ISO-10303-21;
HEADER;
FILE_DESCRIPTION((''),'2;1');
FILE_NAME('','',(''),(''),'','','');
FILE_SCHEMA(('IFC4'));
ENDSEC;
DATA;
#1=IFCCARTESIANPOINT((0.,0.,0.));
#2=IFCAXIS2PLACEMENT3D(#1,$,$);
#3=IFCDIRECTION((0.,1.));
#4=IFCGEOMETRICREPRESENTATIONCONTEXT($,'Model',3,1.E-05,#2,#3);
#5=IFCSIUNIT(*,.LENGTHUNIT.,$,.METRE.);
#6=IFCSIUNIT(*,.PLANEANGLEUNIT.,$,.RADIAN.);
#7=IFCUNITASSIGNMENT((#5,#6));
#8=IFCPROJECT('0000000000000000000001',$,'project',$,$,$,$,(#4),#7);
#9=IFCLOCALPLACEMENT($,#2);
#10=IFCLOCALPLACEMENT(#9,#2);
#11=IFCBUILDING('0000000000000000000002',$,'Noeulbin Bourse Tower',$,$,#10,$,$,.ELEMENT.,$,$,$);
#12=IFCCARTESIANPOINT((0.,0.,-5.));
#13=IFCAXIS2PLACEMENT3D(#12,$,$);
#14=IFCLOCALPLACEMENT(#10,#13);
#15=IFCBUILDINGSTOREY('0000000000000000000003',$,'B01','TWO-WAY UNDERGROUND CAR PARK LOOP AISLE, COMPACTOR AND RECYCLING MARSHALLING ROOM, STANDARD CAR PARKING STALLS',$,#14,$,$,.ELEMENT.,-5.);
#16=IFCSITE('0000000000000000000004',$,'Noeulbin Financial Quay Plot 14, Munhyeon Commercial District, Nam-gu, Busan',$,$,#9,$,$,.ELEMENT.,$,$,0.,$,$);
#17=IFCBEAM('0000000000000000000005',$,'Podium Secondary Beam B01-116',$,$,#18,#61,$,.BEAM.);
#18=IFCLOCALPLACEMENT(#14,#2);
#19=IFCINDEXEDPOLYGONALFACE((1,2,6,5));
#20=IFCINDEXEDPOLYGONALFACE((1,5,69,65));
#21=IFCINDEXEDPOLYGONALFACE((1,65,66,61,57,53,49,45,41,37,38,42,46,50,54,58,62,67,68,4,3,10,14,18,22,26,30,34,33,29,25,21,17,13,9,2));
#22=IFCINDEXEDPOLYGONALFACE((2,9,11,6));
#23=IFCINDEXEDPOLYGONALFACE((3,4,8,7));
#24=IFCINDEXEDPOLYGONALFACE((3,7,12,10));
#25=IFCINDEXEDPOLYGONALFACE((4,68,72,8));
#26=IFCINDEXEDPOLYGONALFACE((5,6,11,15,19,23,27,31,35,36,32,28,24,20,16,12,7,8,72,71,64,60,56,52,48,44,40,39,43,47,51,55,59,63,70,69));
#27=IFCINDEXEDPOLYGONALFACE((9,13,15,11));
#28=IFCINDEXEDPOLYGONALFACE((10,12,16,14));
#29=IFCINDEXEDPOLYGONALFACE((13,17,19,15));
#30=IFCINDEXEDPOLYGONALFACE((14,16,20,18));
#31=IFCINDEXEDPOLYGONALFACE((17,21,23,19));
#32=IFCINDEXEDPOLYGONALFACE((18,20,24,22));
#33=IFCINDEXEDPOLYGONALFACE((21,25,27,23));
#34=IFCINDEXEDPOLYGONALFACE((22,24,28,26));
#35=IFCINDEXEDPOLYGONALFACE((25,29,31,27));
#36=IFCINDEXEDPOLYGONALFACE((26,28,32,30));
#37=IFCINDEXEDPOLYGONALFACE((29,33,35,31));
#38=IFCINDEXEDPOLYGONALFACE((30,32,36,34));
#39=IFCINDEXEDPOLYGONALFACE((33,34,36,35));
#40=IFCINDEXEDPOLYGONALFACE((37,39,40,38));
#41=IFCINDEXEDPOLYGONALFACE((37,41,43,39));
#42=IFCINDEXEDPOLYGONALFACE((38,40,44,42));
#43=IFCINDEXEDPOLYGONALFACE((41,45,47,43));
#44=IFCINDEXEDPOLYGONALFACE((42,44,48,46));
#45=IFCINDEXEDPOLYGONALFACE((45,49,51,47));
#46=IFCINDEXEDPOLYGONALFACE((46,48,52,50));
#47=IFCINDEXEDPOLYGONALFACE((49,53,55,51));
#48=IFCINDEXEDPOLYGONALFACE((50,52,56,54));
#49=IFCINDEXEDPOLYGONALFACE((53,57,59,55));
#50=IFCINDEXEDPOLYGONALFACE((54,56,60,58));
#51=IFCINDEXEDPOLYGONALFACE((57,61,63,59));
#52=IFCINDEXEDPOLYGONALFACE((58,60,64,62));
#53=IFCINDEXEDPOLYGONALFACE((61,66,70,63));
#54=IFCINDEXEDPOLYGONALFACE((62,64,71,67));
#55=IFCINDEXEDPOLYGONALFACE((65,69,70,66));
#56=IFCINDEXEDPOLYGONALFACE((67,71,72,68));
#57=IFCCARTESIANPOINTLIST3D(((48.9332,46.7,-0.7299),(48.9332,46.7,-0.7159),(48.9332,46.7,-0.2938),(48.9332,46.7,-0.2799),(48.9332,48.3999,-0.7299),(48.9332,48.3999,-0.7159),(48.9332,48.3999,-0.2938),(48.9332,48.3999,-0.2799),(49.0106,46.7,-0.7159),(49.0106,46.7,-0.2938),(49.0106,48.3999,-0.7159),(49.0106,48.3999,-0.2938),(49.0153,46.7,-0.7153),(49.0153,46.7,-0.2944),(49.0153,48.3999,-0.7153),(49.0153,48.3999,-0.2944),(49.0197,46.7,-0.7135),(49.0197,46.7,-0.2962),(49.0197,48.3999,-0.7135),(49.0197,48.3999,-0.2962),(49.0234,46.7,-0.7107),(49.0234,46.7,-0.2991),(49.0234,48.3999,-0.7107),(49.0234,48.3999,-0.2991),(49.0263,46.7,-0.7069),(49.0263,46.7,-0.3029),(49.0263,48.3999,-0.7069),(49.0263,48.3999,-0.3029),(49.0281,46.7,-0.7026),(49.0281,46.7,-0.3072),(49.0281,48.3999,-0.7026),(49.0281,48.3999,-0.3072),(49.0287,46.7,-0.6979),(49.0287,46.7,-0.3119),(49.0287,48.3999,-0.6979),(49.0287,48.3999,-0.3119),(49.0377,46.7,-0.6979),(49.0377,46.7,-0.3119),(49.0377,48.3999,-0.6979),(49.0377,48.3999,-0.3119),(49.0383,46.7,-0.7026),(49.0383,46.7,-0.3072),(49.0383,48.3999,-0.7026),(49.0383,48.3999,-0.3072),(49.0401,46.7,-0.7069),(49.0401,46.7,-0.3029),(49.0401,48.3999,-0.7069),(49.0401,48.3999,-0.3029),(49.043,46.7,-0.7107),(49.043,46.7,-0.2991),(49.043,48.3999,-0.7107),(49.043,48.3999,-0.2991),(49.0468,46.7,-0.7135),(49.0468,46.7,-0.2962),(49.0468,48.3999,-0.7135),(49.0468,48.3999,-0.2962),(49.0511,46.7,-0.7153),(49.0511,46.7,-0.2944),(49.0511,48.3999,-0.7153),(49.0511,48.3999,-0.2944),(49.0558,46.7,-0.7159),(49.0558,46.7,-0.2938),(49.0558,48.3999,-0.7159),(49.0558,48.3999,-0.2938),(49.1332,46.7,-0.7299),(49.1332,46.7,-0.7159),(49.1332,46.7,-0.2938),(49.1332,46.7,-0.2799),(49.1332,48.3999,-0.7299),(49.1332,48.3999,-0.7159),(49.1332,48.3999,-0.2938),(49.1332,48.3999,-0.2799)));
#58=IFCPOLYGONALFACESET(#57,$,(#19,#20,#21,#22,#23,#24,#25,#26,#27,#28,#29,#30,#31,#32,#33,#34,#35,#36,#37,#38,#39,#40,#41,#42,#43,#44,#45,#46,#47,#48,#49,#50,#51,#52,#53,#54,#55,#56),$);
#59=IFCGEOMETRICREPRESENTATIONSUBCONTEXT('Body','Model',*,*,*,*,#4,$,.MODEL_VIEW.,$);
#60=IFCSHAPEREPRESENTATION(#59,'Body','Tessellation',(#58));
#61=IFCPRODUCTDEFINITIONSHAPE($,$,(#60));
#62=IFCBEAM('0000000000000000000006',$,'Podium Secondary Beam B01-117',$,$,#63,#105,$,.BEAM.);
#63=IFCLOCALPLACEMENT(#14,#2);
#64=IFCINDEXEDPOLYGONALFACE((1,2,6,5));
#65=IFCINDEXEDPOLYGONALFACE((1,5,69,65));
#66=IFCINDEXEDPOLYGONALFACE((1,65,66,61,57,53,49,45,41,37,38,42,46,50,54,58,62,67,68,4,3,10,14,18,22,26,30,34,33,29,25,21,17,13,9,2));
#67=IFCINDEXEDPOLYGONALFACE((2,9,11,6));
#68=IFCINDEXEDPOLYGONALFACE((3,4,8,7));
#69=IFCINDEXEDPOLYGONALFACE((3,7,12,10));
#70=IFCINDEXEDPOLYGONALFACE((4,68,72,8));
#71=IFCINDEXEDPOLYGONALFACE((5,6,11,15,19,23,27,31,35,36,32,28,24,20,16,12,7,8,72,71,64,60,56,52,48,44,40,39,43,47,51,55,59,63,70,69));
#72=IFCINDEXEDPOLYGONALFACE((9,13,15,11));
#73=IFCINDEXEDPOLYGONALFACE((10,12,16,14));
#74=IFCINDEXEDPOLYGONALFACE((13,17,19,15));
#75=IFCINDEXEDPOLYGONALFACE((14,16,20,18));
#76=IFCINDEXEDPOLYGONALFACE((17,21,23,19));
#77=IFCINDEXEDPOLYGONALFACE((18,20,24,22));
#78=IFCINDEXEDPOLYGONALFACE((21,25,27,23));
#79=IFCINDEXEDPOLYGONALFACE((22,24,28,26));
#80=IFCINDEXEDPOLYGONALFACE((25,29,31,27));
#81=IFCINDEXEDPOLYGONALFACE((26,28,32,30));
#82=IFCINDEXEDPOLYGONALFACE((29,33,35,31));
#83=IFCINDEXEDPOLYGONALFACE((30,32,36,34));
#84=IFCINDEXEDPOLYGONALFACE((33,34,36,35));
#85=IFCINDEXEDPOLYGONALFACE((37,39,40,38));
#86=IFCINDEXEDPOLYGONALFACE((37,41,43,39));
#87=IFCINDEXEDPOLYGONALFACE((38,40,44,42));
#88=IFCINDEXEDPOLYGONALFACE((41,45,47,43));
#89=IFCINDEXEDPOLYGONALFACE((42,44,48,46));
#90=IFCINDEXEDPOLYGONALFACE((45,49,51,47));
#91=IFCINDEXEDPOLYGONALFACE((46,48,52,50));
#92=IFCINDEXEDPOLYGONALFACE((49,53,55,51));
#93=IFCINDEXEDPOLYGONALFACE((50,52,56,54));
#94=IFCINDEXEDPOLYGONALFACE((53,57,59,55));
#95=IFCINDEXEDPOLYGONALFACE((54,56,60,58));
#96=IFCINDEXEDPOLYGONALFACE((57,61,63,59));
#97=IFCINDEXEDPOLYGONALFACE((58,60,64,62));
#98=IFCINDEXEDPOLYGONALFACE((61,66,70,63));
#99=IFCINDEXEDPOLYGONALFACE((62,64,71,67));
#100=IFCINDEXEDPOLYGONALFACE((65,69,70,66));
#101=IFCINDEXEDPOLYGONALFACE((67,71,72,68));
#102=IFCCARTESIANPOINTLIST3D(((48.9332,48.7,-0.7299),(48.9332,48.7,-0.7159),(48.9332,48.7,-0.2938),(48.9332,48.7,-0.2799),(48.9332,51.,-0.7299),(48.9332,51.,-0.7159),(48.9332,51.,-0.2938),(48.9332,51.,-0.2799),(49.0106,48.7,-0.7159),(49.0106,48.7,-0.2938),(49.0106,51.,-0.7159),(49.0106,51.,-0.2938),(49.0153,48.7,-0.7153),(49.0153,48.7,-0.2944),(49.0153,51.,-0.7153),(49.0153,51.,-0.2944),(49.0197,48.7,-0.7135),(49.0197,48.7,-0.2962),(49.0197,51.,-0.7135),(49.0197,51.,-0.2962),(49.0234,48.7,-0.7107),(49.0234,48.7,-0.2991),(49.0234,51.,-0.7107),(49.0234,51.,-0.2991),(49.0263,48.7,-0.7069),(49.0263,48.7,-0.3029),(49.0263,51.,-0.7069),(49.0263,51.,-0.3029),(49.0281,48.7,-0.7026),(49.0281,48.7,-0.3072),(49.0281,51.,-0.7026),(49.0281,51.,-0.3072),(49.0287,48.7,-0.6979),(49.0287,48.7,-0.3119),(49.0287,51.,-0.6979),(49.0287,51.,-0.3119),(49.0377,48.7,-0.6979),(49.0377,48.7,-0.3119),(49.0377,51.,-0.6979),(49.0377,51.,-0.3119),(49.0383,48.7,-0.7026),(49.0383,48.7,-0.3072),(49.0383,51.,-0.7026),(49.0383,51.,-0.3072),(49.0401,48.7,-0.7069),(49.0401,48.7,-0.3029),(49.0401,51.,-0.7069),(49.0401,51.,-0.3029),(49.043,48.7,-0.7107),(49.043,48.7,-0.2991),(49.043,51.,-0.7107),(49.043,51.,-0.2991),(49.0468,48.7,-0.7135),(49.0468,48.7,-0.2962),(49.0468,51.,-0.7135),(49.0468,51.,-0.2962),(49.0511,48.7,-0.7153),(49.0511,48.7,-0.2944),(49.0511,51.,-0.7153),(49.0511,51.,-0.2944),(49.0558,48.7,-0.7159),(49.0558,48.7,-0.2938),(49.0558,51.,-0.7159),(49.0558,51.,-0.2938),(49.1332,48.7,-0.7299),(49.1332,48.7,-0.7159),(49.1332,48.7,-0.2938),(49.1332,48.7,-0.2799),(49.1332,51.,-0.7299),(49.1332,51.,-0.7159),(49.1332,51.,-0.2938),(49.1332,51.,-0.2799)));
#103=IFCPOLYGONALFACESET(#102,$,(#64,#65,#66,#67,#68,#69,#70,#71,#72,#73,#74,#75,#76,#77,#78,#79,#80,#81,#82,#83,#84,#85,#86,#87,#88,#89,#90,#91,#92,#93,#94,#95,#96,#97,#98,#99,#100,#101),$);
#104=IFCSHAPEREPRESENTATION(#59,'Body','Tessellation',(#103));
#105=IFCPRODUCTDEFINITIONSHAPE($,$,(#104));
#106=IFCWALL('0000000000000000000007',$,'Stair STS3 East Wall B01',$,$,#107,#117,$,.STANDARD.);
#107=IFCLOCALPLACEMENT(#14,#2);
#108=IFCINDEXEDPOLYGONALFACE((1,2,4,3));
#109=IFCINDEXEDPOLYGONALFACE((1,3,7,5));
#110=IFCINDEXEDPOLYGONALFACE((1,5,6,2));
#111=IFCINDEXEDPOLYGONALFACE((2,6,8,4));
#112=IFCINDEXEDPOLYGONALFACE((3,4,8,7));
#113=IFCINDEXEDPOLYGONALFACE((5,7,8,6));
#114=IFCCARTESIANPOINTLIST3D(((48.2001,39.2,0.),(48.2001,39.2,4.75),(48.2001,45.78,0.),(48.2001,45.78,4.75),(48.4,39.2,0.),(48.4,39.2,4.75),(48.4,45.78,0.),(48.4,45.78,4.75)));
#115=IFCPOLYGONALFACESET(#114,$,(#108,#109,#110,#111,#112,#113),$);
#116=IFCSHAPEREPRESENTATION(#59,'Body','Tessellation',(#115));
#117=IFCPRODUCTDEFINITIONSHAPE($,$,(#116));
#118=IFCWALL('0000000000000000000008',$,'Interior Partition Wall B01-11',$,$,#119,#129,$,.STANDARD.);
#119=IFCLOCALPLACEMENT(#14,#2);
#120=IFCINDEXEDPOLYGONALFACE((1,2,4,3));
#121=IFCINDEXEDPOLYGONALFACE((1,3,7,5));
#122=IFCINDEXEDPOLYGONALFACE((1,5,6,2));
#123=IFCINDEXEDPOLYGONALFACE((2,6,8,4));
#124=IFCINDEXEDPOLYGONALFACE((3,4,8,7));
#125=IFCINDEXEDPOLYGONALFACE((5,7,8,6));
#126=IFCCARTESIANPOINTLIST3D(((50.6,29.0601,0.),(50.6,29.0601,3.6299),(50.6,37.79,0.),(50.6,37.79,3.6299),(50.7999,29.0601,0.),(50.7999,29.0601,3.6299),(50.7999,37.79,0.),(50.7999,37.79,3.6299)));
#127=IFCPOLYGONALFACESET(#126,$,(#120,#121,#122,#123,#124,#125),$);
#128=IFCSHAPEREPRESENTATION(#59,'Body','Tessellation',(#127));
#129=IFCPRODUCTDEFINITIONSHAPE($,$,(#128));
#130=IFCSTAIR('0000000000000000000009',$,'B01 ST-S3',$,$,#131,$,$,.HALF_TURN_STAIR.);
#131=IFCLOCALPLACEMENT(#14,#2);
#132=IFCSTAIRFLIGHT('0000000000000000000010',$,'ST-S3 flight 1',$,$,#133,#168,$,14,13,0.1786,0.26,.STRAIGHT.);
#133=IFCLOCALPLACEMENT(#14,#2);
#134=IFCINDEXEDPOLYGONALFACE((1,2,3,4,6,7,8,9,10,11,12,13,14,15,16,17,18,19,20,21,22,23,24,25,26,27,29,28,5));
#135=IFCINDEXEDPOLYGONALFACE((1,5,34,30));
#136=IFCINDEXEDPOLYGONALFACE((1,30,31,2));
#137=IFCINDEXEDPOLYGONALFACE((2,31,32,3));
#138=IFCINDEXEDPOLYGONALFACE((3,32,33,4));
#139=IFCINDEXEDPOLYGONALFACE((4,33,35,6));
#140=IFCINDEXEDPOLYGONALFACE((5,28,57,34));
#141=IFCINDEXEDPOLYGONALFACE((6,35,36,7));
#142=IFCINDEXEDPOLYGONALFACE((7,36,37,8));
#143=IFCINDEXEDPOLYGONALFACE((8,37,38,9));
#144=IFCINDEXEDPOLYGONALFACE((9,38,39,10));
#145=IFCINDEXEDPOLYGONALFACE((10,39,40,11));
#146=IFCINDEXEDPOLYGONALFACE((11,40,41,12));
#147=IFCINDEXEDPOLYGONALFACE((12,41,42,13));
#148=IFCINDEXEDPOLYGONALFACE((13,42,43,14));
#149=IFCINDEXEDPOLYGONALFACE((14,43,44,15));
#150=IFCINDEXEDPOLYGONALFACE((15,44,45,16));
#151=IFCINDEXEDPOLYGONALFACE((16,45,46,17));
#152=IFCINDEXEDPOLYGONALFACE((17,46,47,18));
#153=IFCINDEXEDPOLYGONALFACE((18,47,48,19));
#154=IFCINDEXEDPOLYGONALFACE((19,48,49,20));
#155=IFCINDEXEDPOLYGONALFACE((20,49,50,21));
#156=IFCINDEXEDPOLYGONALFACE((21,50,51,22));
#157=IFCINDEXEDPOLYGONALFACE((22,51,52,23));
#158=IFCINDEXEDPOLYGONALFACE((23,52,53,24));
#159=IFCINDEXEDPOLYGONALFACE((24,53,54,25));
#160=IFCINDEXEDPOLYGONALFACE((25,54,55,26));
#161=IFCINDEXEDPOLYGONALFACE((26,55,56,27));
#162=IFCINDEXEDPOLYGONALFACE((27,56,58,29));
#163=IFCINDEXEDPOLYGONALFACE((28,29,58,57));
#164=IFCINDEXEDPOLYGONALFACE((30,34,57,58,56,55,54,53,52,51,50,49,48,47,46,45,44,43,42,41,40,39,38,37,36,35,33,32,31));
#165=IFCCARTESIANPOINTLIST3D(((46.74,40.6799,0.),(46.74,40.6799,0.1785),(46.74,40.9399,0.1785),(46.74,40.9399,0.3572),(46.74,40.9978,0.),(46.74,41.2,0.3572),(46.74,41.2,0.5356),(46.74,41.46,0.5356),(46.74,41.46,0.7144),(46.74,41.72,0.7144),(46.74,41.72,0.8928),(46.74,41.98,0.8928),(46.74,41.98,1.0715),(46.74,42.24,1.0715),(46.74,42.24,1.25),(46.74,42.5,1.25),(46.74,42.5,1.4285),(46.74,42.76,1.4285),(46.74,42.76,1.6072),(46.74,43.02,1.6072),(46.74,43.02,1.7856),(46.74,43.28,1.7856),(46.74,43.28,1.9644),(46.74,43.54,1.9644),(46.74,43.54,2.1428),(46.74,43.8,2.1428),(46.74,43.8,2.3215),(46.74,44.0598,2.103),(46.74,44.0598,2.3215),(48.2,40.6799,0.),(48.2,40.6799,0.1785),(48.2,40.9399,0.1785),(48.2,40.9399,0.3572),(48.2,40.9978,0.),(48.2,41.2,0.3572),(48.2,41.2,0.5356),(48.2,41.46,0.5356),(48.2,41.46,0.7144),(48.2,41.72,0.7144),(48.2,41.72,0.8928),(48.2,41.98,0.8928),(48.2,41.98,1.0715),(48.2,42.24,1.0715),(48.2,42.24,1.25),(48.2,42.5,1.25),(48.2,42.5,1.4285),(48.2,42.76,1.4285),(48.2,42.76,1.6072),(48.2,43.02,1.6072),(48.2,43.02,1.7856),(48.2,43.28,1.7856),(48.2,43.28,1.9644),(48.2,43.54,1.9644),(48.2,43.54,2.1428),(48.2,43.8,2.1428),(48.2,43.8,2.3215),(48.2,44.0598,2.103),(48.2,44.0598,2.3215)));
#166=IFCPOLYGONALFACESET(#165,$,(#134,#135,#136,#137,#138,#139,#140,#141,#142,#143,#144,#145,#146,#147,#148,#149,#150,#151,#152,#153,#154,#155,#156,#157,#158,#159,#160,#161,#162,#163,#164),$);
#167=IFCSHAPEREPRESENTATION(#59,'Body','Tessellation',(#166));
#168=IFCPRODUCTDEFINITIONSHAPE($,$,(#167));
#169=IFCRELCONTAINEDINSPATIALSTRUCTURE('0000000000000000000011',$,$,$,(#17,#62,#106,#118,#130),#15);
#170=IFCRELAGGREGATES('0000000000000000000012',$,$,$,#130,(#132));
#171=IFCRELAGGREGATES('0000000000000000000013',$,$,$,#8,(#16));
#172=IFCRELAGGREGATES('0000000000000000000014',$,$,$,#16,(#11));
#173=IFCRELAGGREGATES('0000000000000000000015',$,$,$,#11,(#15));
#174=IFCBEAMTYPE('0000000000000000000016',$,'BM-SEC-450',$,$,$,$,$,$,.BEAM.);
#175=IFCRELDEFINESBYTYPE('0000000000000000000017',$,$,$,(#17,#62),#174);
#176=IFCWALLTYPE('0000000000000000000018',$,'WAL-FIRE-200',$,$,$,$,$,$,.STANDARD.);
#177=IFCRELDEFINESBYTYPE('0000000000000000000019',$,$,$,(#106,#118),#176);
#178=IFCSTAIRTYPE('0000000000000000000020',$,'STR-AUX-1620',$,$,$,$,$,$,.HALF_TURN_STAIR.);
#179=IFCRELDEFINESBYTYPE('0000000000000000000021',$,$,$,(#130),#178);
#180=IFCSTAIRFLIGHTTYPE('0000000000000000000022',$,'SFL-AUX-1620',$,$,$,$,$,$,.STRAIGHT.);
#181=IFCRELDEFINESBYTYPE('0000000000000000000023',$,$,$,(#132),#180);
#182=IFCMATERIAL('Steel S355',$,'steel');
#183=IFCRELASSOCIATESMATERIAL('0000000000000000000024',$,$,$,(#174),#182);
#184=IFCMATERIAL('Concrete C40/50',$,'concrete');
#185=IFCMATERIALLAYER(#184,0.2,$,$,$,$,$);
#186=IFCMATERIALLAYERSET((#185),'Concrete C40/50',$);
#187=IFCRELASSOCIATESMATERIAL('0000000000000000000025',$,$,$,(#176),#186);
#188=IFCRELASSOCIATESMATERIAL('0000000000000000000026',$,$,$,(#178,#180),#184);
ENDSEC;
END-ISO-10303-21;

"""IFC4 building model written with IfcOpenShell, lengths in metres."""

from ifc_helpers import new_model, si_unit, direction, frame, frame_2d, origin, origin_2d, place, context, subcontext, project, spatial, polyline, rectangle, i_section, outline, extrude, material, layer, layer_set, material_profile, profile_set, type_object, element, aggregate, save


model = new_model("IFC4")

# Units and contexts
model_context = context("Model", 3, precision=1e-05, world=origin(), true_north=direction((0.0, 1.0)))
body_context = subcontext(model_context, "Body", "Model", "MODEL_VIEW")
ifc_project = project(units=[si_unit("LENGTHUNIT", "METRE"), si_unit("PLANEANGLEUNIT", "RADIAN")], contexts=[model_context])

# Site, building, storey
site_placement = place(None, origin())
site = spatial("IfcSite", under=ifc_project, at=site_placement, Name="Noeulbin Financial Quay Plot 14, Munhyeon Commercial District, Nam-gu, Busan", CompositionType="ELEMENT", RefElevation=0.0)
building_placement = place(site_placement, origin())
building = spatial("IfcBuilding", under=site, at=building_placement, Name="Noeulbin Bourse Tower", CompositionType="ELEMENT")
storey_placement = place(building_placement, frame((0.0, 0.0, -5.0)))
storey = spatial("IfcBuildingStorey", under=building, at=storey_placement, Name="B01", Description="TWO-WAY UNDERGROUND CAR PARK LOOP AISLE, COMPACTOR AND RECYCLING MARSHALLING ROOM, STANDARD CAR PARKING STALLS", CompositionType="ELEMENT", Elevation=-5.0)

# Beams
ifc_material_1 = material(Name="Steel S355", Category="steel")
ifc_material_profile_1 = material_profile(ifc_material_1, i_section(OverallWidth=0.2, OverallDepth=0.45, WebThickness=0.009, FlangeThickness=0.0139, FilletRadius=0.0181, at=origin_2d()), Name="H-450x200x9x14", Category="LoadBearing")
ifc_profile_set_1 = profile_set([ifc_material_profile_1], Name="Steel S355")
beam_type_1 = type_object("IfcBeamType", Name="BM-SEC-450", PredefinedType="BEAM", material=ifc_profile_set_1)
beam_1_placement = place(storey_placement, frame((49.0332, 46.7, -0.5049), z_axis=(0.0, 1.0, 0.0), x_axis=(-1.0, 0.0, 0.0)))
element("IfcBeam", 1, at=beam_1_placement, inside=storey, type_object=beam_type_1, Name="Podium Secondary Beam B01-116", PredefinedType="BEAM", context=body_context, shape_type="SweptSolid", body=[
    extrude(i_section(OverallWidth=0.2, OverallDepth=0.45, WebThickness=0.009, FlangeThickness=0.0139, FilletRadius=0.0181, at=origin_2d()), origin(), (0.0, 0.0, 1.0), 1.7),
])
beam_2_placement = place(storey_placement, frame((49.0332, 48.7, -0.5049), z_axis=(0.0, 1.0, 0.0), x_axis=(-1.0, 0.0, 0.0)))
element("IfcBeam", 2, at=beam_2_placement, inside=storey, type_object=beam_type_1, Name="Podium Secondary Beam B01-117", PredefinedType="BEAM", context=body_context, shape_type="SweptSolid", body=[
    extrude(i_section(OverallWidth=0.2, OverallDepth=0.45, WebThickness=0.009, FlangeThickness=0.0139, FilletRadius=0.0181, at=origin_2d()), origin(), (0.0, 0.0, 1.0), 2.3),
])

# Walls
ifc_material_2 = material(Name="Concrete C40/50", Category="concrete")
ifc_layer_1 = layer(ifc_material_2, 0.2)
ifc_layer_set_1 = layer_set([ifc_layer_1], Name="Concrete C40/50")
wall_type = type_object("IfcWallType", Name="WAL-FIRE-200", PredefinedType="STANDARD", material=ifc_layer_set_1)
wall_1_placement = place(storey_placement, frame((48.3, 39.2, 0.0), z_axis=(0.0, 0.0, 1.0), x_axis=(0.0, 1.0, 0.0)))
element("IfcWall", 3, at=wall_1_placement, inside=storey, type_object=wall_type, Name="Stair STS3 East Wall B01", PredefinedType="STANDARD", context=body_context, shape_type="SweptSolid", body=[
    extrude(rectangle(XDim=6.5801, YDim=0.2, at=frame_2d((3.29, 0.0))), origin(), (0.0, 0.0, 1.0), 4.75),
])
wall_2_placement = place(storey_placement, frame((50.7, 29.0601, 0.0), z_axis=(0.0, 0.0, 1.0), x_axis=(0.0, 1.0, 0.0)))
element("IfcWall", 4, at=wall_2_placement, inside=storey, type_object=wall_type, Name="Interior Partition Wall B01-11", PredefinedType="STANDARD", context=body_context, shape_type="SweptSolid", body=[
    extrude(rectangle(XDim=8.73, YDim=0.2, at=frame_2d((4.365, 0.0))), origin(), (0.0, 0.0, 1.0), 3.6299),
])

# Stair, stair flight
stair_type = type_object("IfcStairType", Name="STR-AUX-1620", PredefinedType="HALF_TURN_STAIR", material=ifc_material_2)
stair_placement = place(storey_placement, origin())
stair = element("IfcStair", 5, at=stair_placement, inside=storey, type_object=stair_type, Name="B01 ST-S3", PredefinedType="HALF_TURN_STAIR")
stair_flight_type = type_object("IfcStairFlightType", Name="SFL-AUX-1620", PredefinedType="STRAIGHT", material=ifc_material_2)
stair_flight_placement = place(storey_placement, frame((47.47, 40.6799, 0.0), z_axis=(0.0, 0.0, 1.0), x_axis=(0.0, 1.0, 0.0)))
stair_flight = element("IfcStairFlight", 6, at=stair_flight_placement, type_object=stair_flight_type, Name="ST-S3 flight 1", NumberOfRisers=14, NumberOfTreads=13, PredefinedType="STRAIGHT", RiserHeight=0.1786, TreadLength=0.26, context=body_context, shape_type="SweptSolid", body=[
    extrude(outline(polyline([(0.0, 0.0), (0.0, 0.1785), (0.26, 0.1785), (0.26, 0.3572), (0.52, 0.3572), (0.52, 0.5356), (0.78, 0.5356), (0.78, 0.7144), (1.04, 0.7144), (1.04, 0.8928), (1.3, 0.8928), (1.3, 1.0715), (1.5601, 1.0715), (1.5601, 1.25), (1.8201, 1.25), (1.8201, 1.4285), (2.0801, 1.4285), (2.0801, 1.6072), (2.3401, 1.6072), (2.3401, 1.7856), (2.6001, 1.7856), (2.6001, 1.9644), (2.8601, 1.9644), (2.8601, 2.1428), (3.1201, 2.1428), (3.1201, 2.3215), (3.3799, 2.3215), (3.3799, 2.5), (3.3799, 2.103), (0.3179, 0.0), (0.0, 0.0)])), frame((0.0, 0.73, 0.0), z_axis=(0.0, -1.0, 0.0), x_axis=(1.0, 0.0, 0.0)), (0.0, 0.0, 1.0), 1.46),
])
aggregate(stair, [stair_flight])

save(model, "model.ifc")
